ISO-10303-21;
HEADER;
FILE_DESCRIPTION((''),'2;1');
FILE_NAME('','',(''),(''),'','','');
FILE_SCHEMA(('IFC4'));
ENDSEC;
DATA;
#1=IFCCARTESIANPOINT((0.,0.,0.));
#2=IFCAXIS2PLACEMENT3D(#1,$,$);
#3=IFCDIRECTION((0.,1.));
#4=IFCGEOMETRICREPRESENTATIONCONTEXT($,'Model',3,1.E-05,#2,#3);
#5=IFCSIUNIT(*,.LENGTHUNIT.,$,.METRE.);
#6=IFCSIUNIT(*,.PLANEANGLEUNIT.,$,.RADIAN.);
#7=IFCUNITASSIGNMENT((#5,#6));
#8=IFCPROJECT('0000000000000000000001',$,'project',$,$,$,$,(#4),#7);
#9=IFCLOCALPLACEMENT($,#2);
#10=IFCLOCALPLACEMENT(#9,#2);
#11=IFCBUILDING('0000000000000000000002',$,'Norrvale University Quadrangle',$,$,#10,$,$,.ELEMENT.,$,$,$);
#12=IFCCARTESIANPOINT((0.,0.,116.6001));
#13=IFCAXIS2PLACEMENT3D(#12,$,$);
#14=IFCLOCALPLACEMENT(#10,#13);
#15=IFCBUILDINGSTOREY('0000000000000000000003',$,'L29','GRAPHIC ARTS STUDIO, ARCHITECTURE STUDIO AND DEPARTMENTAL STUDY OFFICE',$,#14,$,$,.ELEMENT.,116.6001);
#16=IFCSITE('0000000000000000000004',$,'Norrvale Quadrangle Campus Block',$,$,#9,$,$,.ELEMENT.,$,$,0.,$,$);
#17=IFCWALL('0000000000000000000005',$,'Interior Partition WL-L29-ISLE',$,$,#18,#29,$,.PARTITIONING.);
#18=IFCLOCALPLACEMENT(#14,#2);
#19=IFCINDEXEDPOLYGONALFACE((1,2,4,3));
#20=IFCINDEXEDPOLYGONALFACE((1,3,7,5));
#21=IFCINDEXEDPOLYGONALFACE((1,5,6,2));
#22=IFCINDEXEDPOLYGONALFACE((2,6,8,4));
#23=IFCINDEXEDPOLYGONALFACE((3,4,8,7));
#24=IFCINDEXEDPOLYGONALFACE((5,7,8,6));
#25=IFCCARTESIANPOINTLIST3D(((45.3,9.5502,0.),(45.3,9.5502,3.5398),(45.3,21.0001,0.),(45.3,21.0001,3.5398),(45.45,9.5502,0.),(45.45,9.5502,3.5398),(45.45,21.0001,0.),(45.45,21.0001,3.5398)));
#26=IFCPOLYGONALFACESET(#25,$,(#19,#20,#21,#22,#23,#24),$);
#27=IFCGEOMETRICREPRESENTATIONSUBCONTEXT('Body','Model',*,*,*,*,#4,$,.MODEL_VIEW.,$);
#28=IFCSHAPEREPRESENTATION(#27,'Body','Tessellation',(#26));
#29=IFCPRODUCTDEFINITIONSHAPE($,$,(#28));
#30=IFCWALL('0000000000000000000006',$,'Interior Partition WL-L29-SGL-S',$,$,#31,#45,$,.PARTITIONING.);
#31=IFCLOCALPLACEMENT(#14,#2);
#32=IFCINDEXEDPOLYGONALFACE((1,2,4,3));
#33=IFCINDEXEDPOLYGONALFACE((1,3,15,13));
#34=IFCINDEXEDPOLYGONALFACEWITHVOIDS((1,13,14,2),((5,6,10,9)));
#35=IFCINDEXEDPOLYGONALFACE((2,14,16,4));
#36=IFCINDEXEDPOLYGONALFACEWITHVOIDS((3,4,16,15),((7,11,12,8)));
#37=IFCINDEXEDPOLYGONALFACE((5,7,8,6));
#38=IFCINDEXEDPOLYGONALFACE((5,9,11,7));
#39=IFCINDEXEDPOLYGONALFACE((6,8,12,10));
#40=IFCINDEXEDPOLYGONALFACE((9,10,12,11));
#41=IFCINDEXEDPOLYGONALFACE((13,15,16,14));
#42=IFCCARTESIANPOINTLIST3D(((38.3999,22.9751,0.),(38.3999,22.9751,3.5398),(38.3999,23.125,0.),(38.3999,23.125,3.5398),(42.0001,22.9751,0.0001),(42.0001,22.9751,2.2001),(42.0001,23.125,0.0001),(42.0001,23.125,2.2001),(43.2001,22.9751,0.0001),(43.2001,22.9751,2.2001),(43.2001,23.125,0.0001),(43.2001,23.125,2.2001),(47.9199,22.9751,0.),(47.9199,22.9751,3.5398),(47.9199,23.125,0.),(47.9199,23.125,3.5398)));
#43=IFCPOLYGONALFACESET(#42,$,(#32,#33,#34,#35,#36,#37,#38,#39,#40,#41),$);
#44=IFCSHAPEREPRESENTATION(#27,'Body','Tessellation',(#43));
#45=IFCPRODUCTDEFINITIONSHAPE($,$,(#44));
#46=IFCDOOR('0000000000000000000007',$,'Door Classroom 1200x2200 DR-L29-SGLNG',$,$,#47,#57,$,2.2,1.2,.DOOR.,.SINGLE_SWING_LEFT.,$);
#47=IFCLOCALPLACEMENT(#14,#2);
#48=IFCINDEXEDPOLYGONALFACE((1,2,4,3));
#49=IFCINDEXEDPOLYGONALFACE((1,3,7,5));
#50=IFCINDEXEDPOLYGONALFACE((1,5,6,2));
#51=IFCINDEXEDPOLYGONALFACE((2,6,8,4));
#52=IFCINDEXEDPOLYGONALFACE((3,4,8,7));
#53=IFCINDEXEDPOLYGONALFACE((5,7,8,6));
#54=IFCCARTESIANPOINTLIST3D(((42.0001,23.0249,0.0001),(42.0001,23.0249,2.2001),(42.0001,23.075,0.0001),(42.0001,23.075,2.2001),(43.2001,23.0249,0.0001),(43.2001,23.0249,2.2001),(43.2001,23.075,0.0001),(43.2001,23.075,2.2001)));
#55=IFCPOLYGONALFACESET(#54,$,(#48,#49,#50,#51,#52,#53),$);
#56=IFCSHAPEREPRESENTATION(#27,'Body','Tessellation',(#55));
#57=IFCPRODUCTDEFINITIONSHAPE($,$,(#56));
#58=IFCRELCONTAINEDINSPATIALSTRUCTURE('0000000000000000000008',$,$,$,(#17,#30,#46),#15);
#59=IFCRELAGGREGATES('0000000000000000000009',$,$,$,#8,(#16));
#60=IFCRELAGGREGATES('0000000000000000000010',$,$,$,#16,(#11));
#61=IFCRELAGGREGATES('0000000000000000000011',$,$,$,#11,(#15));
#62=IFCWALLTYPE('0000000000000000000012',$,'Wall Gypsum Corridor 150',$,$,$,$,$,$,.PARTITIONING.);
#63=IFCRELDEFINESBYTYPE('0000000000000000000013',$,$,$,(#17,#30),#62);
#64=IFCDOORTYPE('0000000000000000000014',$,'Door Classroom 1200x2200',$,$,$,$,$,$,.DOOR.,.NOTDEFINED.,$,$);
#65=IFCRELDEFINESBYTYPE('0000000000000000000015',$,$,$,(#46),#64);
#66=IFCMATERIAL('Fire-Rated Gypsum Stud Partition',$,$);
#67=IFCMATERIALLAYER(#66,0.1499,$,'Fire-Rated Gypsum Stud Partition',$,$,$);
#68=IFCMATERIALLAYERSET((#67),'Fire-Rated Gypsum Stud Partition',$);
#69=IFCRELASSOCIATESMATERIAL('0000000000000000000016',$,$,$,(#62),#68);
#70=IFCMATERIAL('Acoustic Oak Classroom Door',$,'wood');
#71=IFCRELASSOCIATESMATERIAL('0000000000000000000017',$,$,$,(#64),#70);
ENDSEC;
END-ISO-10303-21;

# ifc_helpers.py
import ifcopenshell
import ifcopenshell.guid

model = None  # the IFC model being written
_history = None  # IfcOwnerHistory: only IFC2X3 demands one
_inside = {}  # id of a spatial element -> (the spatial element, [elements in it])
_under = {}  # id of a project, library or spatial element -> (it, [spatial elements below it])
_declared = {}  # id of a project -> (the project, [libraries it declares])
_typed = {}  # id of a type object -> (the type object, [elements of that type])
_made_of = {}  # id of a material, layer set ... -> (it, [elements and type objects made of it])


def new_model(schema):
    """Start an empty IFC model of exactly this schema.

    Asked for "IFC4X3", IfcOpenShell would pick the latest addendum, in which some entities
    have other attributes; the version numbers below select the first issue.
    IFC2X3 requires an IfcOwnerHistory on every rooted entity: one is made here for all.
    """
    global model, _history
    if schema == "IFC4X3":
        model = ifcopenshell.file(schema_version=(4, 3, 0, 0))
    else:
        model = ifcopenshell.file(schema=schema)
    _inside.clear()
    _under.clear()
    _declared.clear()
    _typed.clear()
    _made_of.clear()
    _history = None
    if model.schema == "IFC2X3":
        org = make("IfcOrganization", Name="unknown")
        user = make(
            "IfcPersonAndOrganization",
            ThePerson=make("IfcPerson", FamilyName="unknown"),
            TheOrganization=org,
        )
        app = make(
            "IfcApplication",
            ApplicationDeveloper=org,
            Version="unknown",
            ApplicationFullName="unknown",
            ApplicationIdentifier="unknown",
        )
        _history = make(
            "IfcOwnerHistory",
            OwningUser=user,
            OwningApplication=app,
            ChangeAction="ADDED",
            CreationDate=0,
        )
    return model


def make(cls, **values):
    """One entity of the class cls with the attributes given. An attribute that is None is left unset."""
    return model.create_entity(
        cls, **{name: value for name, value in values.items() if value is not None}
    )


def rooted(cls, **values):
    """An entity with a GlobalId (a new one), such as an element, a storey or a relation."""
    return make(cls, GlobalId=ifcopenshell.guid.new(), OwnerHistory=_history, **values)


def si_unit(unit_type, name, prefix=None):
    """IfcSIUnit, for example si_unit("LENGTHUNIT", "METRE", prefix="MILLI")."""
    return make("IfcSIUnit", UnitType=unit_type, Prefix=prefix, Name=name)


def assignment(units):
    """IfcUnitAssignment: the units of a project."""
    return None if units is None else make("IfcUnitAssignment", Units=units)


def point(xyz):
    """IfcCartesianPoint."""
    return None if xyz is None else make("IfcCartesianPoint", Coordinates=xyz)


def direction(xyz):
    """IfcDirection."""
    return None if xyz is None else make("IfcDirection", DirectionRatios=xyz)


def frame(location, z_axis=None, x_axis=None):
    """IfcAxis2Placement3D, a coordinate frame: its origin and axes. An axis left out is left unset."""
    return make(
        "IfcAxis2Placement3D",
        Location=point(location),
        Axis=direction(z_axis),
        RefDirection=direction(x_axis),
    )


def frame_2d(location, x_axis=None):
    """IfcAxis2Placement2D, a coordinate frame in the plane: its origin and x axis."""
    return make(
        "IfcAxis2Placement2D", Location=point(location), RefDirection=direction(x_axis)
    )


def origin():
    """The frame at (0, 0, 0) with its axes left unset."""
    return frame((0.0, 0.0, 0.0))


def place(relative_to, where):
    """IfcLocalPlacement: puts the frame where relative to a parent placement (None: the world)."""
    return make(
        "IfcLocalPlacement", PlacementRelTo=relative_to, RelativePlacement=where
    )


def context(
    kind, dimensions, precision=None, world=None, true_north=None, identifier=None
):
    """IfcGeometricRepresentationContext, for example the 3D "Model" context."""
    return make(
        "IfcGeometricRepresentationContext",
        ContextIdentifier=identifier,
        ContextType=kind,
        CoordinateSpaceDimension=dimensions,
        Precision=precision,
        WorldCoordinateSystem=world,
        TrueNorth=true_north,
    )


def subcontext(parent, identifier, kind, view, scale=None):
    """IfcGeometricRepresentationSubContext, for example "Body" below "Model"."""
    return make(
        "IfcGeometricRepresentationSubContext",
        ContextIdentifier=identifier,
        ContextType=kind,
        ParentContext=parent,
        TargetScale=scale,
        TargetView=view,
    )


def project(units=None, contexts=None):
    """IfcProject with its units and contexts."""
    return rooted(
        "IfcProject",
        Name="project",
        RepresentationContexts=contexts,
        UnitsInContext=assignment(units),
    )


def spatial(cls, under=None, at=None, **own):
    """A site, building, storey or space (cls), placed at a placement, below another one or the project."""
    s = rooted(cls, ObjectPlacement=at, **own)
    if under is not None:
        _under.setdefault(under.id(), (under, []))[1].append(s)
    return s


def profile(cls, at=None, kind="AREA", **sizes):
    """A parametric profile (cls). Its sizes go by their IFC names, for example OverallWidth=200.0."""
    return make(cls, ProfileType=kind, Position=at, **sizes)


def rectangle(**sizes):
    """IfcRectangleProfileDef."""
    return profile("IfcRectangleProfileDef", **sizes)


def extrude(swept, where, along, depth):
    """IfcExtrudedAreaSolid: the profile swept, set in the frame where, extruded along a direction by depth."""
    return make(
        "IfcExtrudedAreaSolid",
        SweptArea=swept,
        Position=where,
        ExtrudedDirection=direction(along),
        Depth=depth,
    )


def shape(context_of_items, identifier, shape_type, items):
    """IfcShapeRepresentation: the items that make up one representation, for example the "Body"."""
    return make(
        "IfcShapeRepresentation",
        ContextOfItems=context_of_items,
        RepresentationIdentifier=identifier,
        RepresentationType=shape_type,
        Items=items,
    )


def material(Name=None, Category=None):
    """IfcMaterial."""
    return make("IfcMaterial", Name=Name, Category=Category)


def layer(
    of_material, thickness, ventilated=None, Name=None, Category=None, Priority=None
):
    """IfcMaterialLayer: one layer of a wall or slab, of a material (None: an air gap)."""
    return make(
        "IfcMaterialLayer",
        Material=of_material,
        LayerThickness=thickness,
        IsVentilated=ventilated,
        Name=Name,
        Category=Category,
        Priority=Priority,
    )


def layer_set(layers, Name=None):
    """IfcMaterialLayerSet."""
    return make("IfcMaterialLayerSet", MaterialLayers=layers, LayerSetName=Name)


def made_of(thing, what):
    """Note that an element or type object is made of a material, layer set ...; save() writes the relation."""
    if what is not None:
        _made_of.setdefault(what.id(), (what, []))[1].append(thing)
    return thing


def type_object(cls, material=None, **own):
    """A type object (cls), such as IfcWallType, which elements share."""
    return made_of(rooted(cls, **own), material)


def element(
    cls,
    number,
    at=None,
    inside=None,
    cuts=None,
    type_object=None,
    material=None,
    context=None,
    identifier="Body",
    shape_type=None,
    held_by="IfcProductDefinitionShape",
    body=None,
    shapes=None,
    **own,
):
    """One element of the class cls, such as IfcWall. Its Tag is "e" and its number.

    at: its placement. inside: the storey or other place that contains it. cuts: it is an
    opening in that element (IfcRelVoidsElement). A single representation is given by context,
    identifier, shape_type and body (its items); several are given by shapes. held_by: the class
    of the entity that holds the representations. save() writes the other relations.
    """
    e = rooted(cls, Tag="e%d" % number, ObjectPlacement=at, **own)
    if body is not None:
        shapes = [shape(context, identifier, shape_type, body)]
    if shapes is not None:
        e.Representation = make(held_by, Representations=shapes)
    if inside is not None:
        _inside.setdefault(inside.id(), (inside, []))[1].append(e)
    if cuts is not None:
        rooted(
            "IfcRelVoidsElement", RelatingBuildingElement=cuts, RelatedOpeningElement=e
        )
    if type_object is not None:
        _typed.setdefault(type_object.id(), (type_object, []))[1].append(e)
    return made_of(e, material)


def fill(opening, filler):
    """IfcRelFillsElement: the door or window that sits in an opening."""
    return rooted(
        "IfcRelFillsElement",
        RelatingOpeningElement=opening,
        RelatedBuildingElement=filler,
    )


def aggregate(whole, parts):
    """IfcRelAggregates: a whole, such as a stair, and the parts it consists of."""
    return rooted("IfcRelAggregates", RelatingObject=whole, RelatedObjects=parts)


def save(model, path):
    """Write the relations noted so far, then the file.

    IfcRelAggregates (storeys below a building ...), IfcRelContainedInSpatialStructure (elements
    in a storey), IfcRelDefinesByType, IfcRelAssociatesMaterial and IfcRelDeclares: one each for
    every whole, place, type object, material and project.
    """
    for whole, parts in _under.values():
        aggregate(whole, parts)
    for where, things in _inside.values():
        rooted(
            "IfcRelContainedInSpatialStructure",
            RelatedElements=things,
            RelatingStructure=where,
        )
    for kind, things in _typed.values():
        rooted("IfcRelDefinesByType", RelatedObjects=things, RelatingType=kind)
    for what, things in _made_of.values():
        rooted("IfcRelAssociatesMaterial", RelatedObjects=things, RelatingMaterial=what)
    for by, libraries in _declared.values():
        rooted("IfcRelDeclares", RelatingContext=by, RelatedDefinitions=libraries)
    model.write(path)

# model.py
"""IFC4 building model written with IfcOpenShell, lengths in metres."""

from ifc_helpers import new_model, si_unit, direction, frame, frame_2d, origin, place, context, subcontext, project, spatial, rectangle, extrude, material, layer, layer_set, type_object, element, fill, save


model = new_model("IFC4")

# Units and contexts
model_context = context("Model", 3, precision=1e-05, world=origin(), true_north=direction((0.0, 1.0)))
body_context = subcontext(model_context, "Body", "Model", "MODEL_VIEW")
ifc_project = project(units=[si_unit("LENGTHUNIT", "METRE"), si_unit("PLANEANGLEUNIT", "RADIAN")], contexts=[model_context])

# Site, building, storey
site_placement = place(None, origin())
site = spatial("IfcSite", under=ifc_project, at=site_placement, Name="Norrvale Quadrangle Campus Block", CompositionType="ELEMENT", RefElevation=0.0)
building_placement = place(site_placement, origin())
building = spatial("IfcBuilding", under=site, at=building_placement, Name="Norrvale University Quadrangle", CompositionType="ELEMENT")
storey_placement = place(building_placement, frame((0.0, 0.0, 116.6001)))
storey = spatial("IfcBuildingStorey", under=building, at=storey_placement, Name="L29", Description="GRAPHIC ARTS STUDIO, ARCHITECTURE STUDIO AND DEPARTMENTAL STUDY OFFICE", CompositionType="ELEMENT", Elevation=116.6001)

# Shared definitions
ifc_material_1 = material(Name="Fire-Rated Gypsum Stud Partition")
ifc_layer_1 = layer(ifc_material_1, 0.1499, Name="Fire-Rated Gypsum Stud Partition")
ifc_layer_set_1 = layer_set([ifc_layer_1], Name="Fire-Rated Gypsum Stud Partition")
wall_type_1 = type_object("IfcWallType", Name="Wall Gypsum Corridor 150", PredefinedType="PARTITIONING", material=ifc_layer_set_1)
ifc_material_2 = material(Name="Acoustic Oak Classroom Door", Category="wood")
door_type = type_object("IfcDoorType", Name="Door Classroom 1200x2200", OperationType="NOTDEFINED", PredefinedType="DOOR", material=ifc_material_2)

# Wall
wall_1_placement = place(storey_placement, frame((45.375, 9.55, 0.0), z_axis=(0.0, 0.0, 1.0), x_axis=(0.0, 1.0, 0.0)))
element("IfcWall", 1, at=wall_1_placement, inside=storey, type_object=wall_type_1, Name="Interior Partition WL-L29-ISLE", PredefinedType="PARTITIONING", context=body_context, shape_type="SweptSolid", body=[
    extrude(rectangle(XDim=11.45, YDim=0.1499, at=frame_2d((5.7251, 0.0))), origin(), (0.0, 0.0, 1.0), 3.5398),
])

# Wall, opening, door
wall_2_placement = place(storey_placement, frame((38.3999, 23.05, 0.0), z_axis=(0.0, 0.0, 1.0), x_axis=(1.0, 0.0, 0.0)))
wall_2 = element("IfcWall", 2, at=wall_2_placement, inside=storey, type_object=wall_type_1, Name="Interior Partition WL-L29-SGL-S", PredefinedType="PARTITIONING", context=body_context, shape_type="SweptSolid", body=[
    extrude(rectangle(XDim=9.52, YDim=0.1499, at=frame_2d((4.76, 0.0))), origin(), (0.0, 0.0, 1.0), 3.5398),
])
opening_1_placement = place(wall_2_placement, frame((3.6001, 0.0, 0.0)))
opening_1 = element("IfcOpeningElement", 3, at=opening_1_placement, cuts=wall_2, PredefinedType="OPENING", context=body_context, shape_type="SweptSolid", body=[
    extrude(rectangle(XDim=1.2, YDim=2.2, at=frame_2d((0.6001, 1.1001))), frame((0.0, 0.0869, 0.0), z_axis=(0.0, -1.0, 0.0), x_axis=(1.0, 0.0, 0.0)), (0.0, 0.0, 1.0), 0.1738),
])
door_1_placement = place(opening_1_placement, origin())
door_1 = element("IfcDoor", 4, at=door_1_placement, inside=storey, type_object=door_type, Name="Door Classroom 1200x2200 DR-L29-SGLNG", OperationType="SINGLE_SWING_LEFT", OverallHeight=2.2, OverallWidth=1.2, PredefinedType="DOOR", context=body_context, shape_type="SweptSolid", body=[
    extrude(rectangle(XDim=1.2, YDim=2.2, at=frame_2d((0.6001, 1.1001))), frame((0.0, 0.0249, 0.0), z_axis=(0.0, -1.0, 0.0), x_axis=(1.0, 0.0, 0.0)), (0.0, 0.0, 1.0), 0.05),
])
fill(opening_1, door_1)

save(model, "model.ifc")
